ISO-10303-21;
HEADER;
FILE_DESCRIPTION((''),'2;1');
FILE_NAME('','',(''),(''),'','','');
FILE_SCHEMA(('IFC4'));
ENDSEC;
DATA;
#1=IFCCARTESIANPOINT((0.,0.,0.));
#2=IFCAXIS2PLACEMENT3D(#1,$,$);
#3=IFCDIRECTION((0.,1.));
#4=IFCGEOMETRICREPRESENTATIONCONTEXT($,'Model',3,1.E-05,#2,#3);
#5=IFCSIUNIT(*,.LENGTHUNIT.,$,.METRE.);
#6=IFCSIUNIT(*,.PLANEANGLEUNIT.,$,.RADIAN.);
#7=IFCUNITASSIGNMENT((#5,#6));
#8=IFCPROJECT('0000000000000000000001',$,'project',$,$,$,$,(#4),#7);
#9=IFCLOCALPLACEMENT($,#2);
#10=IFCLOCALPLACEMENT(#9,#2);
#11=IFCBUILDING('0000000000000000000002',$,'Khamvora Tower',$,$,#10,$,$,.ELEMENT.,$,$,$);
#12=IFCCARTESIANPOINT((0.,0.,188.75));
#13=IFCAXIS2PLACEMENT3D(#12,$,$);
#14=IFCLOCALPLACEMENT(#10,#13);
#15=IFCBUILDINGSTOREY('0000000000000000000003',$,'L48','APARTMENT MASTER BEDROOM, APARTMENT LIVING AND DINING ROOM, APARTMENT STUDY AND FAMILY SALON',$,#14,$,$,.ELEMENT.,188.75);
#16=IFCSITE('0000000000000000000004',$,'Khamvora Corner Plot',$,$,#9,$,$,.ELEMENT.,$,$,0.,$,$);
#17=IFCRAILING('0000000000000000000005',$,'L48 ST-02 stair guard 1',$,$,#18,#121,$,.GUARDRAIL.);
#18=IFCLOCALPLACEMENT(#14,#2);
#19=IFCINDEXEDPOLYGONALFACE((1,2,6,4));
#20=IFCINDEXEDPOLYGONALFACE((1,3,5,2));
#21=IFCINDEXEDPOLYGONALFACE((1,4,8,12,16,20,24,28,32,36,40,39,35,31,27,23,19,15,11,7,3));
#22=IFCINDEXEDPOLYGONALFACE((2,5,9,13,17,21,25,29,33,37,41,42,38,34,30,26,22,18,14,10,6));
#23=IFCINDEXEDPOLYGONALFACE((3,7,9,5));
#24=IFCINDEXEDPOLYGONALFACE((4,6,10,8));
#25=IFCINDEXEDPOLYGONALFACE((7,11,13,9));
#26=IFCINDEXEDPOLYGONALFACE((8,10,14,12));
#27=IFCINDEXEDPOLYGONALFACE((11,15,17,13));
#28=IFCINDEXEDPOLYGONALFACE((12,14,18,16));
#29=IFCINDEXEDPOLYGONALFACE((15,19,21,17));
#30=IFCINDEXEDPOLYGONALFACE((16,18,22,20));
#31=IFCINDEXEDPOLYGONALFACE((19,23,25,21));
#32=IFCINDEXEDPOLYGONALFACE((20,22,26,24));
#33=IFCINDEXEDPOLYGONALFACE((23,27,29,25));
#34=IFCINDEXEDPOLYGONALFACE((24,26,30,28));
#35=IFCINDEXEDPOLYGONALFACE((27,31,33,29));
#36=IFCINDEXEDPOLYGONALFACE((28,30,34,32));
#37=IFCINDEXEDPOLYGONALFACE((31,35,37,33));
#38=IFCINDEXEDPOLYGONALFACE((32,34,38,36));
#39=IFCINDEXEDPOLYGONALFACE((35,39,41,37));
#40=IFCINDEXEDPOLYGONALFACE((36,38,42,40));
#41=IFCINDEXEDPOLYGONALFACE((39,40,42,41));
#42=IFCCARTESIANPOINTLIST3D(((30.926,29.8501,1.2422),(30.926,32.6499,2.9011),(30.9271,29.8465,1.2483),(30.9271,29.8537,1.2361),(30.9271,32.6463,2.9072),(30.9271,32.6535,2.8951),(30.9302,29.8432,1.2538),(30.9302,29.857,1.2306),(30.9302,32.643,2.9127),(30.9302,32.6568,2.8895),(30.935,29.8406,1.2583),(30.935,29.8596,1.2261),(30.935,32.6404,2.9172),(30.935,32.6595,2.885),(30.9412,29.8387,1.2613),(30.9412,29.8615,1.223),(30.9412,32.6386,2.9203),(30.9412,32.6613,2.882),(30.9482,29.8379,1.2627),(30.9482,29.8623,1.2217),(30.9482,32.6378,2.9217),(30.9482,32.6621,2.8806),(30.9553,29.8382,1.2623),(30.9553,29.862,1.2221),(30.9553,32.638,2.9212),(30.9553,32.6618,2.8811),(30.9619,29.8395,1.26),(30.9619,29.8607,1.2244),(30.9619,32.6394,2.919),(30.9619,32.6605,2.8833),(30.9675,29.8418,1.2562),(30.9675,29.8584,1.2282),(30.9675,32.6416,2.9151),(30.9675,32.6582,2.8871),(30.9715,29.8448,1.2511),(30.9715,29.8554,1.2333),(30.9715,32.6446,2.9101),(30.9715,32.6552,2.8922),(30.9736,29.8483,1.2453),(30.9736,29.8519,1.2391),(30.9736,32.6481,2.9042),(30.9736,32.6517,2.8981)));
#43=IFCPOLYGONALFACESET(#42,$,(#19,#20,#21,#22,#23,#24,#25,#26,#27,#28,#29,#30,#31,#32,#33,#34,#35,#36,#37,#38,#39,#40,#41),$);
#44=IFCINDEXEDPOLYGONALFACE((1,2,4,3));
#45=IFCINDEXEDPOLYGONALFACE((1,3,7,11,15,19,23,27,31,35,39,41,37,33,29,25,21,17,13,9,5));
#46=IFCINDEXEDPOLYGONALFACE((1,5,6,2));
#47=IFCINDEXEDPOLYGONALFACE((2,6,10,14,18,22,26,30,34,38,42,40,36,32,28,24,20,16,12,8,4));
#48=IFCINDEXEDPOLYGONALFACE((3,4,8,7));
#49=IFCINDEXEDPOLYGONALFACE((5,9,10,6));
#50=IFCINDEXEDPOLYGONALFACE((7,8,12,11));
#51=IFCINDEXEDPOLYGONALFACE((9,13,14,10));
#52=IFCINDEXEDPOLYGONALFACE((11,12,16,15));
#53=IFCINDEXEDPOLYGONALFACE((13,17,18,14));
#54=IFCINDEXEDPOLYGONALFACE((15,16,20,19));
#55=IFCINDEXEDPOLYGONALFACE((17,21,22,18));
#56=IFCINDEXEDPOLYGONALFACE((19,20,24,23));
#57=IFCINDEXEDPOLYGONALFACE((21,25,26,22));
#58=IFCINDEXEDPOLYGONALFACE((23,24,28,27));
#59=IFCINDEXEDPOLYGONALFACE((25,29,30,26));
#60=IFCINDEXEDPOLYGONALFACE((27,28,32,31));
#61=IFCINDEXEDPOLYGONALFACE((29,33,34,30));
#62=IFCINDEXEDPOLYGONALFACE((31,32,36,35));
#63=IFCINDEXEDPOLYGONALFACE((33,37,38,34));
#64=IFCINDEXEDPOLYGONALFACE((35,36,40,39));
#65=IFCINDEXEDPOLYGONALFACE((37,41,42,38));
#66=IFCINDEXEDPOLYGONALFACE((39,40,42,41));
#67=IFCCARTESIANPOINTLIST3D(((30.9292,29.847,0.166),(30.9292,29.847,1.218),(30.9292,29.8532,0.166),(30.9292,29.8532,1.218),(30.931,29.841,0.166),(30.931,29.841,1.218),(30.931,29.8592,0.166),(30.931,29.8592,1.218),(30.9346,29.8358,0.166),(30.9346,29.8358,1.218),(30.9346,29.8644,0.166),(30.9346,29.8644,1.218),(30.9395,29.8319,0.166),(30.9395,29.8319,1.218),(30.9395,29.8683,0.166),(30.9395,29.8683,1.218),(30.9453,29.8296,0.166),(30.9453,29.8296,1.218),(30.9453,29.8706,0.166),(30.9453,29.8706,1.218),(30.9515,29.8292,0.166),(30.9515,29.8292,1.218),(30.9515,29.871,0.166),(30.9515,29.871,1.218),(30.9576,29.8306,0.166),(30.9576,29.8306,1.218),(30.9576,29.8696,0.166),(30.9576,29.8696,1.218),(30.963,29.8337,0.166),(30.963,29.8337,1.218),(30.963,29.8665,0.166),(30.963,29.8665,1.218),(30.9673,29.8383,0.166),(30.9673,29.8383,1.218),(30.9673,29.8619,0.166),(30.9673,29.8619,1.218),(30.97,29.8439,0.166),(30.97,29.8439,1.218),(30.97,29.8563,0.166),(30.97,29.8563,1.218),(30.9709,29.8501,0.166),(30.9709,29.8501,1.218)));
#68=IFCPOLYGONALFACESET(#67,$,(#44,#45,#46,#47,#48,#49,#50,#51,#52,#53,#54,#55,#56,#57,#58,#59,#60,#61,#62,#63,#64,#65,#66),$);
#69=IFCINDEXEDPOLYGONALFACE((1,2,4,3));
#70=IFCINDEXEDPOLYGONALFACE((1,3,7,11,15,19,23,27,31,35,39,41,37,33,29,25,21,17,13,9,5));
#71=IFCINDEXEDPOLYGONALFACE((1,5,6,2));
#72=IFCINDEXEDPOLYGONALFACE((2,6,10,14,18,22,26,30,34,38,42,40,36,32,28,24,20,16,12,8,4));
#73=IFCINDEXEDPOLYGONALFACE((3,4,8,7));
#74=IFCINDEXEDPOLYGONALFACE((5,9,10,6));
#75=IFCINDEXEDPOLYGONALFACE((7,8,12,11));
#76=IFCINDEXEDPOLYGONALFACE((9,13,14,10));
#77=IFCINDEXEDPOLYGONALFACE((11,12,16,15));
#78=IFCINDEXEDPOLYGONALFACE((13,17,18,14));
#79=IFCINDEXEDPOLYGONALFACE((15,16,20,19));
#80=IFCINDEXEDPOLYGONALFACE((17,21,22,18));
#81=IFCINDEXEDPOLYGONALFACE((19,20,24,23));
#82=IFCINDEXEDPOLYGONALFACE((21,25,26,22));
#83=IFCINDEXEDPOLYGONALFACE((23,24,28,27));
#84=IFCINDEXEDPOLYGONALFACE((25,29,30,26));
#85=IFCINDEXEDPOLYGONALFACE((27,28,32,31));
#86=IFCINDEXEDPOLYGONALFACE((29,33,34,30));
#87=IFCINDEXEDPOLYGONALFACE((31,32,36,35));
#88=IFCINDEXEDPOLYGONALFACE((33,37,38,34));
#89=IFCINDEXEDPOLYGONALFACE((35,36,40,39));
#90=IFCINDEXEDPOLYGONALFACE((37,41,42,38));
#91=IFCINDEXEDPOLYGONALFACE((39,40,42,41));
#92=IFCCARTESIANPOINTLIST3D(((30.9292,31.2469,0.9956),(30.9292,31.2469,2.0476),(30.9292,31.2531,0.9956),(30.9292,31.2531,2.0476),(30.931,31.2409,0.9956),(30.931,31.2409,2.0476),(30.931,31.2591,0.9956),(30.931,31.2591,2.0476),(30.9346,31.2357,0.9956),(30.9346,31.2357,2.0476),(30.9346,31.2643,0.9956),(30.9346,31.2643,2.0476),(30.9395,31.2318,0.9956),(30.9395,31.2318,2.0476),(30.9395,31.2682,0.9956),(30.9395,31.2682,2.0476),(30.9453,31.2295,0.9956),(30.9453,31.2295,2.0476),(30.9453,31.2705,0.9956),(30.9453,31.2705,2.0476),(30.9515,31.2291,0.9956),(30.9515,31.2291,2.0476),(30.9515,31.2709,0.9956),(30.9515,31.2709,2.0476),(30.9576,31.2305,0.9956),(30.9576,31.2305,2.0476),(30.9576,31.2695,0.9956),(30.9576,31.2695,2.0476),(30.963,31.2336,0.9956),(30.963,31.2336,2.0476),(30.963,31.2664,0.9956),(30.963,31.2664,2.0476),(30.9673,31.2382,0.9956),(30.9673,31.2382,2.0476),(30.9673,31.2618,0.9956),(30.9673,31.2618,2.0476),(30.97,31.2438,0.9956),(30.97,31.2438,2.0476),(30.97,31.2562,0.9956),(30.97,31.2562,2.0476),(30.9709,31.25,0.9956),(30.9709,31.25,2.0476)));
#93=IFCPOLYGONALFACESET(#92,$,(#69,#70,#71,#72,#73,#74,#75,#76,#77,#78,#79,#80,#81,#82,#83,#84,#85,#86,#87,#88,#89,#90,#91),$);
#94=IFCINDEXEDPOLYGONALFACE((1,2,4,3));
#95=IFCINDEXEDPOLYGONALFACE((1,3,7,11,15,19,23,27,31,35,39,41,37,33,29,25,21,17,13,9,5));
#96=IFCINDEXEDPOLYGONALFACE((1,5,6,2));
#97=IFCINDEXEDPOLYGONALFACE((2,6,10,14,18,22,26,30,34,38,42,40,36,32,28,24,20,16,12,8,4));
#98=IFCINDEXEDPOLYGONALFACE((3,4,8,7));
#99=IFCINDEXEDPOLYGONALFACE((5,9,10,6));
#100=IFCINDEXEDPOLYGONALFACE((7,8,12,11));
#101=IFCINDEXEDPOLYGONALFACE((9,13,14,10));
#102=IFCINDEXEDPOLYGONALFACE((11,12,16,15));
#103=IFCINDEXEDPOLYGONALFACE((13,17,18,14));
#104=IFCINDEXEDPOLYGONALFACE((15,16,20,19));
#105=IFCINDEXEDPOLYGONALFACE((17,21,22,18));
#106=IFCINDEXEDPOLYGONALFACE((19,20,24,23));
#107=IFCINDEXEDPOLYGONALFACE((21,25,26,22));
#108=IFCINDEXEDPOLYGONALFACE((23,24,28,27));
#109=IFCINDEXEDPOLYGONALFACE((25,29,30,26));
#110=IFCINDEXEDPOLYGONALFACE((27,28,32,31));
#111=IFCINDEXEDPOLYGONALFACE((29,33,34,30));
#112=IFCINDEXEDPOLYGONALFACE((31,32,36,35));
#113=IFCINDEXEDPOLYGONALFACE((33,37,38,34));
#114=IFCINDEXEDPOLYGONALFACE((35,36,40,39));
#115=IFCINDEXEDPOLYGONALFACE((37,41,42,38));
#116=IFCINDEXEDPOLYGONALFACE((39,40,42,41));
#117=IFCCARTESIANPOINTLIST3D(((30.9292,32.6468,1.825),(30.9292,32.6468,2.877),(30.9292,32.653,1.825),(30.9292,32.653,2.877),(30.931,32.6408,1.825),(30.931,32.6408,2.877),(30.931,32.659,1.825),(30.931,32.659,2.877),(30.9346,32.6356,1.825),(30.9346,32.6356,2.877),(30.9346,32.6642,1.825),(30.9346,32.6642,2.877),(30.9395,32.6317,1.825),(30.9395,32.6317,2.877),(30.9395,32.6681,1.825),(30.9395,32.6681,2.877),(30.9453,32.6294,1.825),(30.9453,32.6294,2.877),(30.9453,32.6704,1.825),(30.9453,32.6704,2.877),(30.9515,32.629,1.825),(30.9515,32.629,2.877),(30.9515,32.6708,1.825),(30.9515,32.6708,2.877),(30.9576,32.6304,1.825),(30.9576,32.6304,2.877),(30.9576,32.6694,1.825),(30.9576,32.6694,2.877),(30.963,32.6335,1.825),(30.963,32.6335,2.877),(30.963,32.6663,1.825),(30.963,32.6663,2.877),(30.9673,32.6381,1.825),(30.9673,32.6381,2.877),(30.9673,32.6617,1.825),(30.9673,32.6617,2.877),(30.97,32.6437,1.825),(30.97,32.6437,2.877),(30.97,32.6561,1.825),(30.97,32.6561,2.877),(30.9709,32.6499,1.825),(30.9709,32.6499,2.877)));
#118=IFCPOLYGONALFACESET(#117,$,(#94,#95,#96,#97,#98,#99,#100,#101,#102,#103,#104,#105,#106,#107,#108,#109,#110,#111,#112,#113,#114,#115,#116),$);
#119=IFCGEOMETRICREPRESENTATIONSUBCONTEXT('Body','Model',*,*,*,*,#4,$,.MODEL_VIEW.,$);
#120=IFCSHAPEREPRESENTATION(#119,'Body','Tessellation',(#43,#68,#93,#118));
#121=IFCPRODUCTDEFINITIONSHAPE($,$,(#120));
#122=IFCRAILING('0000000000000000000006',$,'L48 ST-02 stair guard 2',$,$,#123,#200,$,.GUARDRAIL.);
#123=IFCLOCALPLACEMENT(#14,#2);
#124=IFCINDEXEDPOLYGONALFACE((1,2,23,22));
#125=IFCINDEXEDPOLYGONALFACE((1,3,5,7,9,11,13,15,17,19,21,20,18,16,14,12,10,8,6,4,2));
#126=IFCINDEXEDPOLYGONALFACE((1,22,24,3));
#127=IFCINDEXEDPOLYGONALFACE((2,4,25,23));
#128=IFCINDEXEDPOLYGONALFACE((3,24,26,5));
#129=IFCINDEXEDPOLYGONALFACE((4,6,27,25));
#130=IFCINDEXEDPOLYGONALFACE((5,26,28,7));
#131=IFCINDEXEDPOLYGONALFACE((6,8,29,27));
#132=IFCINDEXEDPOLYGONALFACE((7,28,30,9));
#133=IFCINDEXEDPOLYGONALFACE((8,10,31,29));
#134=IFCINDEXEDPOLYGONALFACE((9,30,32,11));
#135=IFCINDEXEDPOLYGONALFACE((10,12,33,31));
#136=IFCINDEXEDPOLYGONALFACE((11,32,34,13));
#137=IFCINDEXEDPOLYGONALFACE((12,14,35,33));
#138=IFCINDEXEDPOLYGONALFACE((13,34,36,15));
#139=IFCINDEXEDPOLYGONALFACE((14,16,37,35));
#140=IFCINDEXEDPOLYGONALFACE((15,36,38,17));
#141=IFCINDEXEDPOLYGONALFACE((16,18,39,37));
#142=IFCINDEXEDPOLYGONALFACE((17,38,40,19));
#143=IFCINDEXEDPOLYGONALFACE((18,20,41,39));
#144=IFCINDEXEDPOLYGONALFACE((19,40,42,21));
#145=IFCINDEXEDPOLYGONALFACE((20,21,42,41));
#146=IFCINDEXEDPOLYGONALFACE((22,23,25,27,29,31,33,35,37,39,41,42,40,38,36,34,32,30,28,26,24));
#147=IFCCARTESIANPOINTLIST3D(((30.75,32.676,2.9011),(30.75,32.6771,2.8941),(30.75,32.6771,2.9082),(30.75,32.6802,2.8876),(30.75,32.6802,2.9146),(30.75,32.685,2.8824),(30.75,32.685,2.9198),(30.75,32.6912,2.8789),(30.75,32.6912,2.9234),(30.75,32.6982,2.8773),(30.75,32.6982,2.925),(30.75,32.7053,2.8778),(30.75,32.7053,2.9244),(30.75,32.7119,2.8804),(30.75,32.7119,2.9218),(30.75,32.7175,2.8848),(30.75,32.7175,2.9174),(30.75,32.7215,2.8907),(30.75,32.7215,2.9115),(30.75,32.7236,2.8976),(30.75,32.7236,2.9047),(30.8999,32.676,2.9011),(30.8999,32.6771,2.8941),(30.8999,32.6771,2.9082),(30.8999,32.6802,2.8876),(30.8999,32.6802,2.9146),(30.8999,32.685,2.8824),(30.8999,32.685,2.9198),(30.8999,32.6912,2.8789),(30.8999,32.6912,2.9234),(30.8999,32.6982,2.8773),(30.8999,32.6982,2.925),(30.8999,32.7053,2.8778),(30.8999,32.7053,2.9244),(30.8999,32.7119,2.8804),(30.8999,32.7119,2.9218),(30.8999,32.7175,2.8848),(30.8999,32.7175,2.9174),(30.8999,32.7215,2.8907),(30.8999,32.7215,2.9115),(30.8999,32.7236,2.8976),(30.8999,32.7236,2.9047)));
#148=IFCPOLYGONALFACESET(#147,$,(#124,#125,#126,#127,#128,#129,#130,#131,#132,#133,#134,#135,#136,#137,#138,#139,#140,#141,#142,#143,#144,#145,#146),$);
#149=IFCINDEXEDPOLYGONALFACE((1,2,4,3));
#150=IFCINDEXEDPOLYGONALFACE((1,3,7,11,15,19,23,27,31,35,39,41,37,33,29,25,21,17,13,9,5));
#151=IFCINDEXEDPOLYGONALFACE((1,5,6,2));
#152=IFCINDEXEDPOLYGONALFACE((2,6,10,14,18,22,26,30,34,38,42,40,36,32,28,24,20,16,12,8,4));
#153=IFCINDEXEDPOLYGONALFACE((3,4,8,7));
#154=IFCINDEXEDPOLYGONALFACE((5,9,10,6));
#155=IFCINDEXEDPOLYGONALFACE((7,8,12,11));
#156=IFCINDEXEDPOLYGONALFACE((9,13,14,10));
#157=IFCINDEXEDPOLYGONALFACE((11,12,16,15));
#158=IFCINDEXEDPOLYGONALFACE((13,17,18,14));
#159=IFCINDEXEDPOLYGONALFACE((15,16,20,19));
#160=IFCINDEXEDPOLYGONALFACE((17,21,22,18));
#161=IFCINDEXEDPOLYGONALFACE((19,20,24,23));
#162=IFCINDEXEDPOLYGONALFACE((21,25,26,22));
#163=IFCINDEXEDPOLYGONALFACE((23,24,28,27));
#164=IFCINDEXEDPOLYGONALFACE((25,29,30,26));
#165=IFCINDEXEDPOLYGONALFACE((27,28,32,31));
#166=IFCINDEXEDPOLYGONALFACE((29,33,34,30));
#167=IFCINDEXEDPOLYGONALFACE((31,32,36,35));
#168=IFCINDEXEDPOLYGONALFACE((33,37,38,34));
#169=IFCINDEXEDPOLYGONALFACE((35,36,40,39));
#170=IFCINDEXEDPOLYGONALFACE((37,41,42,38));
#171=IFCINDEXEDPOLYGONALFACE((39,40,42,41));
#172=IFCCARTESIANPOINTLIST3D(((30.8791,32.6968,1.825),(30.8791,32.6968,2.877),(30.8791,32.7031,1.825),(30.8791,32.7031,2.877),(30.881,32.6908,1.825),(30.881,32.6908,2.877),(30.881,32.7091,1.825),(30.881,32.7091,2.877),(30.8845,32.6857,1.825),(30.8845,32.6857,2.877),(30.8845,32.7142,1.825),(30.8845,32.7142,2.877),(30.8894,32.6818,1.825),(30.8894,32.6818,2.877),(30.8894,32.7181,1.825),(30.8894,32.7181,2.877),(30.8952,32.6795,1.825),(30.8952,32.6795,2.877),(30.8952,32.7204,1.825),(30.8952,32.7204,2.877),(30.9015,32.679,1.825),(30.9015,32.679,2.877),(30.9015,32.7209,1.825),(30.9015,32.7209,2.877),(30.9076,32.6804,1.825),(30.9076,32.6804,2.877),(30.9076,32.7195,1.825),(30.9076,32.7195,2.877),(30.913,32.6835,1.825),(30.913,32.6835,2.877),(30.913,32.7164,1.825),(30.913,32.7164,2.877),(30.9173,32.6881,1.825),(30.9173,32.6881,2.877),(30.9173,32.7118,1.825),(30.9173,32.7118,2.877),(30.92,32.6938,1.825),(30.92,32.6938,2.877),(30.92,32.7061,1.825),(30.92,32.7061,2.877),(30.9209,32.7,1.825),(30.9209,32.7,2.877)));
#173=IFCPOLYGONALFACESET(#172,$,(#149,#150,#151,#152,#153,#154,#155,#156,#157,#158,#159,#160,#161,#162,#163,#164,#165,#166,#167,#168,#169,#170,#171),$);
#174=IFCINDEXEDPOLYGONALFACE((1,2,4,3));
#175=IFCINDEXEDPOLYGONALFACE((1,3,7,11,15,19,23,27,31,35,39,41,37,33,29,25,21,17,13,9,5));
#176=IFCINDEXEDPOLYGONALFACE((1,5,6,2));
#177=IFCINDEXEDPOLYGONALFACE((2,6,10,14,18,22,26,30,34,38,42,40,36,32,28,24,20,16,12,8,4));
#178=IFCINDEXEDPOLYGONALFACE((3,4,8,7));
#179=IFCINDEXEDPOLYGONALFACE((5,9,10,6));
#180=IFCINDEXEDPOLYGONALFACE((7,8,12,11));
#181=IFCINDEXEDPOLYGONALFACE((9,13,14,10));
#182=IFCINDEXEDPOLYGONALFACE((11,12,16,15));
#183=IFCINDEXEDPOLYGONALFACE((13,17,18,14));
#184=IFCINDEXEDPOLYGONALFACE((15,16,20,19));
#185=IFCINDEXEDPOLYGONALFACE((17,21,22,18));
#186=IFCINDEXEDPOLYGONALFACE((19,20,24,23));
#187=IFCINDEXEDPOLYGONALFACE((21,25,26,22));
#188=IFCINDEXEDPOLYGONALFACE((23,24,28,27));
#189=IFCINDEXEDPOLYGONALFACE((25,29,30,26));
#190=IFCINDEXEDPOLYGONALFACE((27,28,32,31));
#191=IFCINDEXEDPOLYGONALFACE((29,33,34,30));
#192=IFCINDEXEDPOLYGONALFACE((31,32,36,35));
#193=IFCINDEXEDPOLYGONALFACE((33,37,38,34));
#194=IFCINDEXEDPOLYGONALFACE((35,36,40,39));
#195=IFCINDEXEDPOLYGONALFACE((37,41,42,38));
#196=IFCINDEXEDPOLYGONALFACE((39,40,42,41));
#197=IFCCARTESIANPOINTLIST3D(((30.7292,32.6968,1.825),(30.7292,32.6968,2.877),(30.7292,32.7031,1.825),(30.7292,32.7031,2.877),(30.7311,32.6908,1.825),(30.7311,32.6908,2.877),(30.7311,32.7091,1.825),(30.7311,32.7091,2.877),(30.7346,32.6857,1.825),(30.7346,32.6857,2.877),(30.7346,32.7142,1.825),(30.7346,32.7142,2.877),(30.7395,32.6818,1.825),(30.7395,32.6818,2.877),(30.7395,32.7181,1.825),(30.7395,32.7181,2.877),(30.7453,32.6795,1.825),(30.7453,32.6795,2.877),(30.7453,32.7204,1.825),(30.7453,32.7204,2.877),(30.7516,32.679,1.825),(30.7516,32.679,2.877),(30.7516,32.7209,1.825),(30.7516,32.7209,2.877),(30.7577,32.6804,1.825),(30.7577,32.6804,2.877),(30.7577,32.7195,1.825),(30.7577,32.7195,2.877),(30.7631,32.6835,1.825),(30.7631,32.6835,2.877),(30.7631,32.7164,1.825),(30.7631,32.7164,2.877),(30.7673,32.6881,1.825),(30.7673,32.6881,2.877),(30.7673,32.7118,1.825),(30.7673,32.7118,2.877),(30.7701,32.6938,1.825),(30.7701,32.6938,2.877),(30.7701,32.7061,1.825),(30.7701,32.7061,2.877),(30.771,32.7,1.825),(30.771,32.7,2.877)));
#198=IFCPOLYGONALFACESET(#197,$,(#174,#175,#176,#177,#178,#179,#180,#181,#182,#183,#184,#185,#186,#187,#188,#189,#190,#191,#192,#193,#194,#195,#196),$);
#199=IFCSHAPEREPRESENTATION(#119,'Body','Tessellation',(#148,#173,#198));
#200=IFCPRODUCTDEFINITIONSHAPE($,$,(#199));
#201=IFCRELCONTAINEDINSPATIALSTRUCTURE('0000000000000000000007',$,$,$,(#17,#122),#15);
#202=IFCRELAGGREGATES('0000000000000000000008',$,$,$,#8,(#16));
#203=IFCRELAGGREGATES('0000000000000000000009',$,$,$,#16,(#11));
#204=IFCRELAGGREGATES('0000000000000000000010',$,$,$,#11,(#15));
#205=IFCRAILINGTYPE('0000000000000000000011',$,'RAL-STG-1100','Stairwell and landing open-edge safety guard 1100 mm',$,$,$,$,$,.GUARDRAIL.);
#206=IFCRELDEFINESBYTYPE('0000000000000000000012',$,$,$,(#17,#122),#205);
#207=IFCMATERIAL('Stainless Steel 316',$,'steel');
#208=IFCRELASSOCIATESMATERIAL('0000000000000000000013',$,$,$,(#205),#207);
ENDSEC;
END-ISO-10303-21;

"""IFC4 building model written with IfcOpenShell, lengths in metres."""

from ifc_helpers import new_model, si_unit, direction, frame, origin, origin_2d, place, context, subcontext, project, spatial, circle, extrude, material, type_object, element, save


model = new_model("IFC4")

# Units and contexts
model_context = context("Model", 3, precision=1e-05, world=origin(), true_north=direction((0.0, 1.0)))
body_context = subcontext(model_context, "Body", "Model", "MODEL_VIEW")
ifc_project = project(units=[si_unit("LENGTHUNIT", "METRE"), si_unit("PLANEANGLEUNIT", "RADIAN")], contexts=[model_context])

# Site, building, storey
site_placement = place(None, origin())
site = spatial("IfcSite", under=ifc_project, at=site_placement, Name="Khamvora Corner Plot", CompositionType="ELEMENT", RefElevation=0.0)
building_placement = place(site_placement, origin())
building = spatial("IfcBuilding", under=site, at=building_placement, Name="Khamvora Tower", CompositionType="ELEMENT")
storey_placement = place(building_placement, frame((0.0, 0.0, 188.75)))
storey = spatial("IfcBuildingStorey", under=building, at=storey_placement, Name="L48", Description="APARTMENT MASTER BEDROOM, APARTMENT LIVING AND DINING ROOM, APARTMENT STUDY AND FAMILY SALON", CompositionType="ELEMENT", Elevation=188.75)

# Railings
ifc_material_1 = material(Name="Stainless Steel 316", Category="steel")
railing_type_1 = type_object("IfcRailingType", Name="RAL-STG-1100", Description="Stairwell and landing open-edge safety guard 1100 mm", PredefinedType="GUARDRAIL", material=ifc_material_1)
railing_1_placement = place(storey_placement, frame((30.95, 29.8501, 0.166)))
element("IfcRailing", 1, at=railing_1_placement, inside=storey, type_object=railing_type_1, Name="L48 ST-02 stair guard 1", PredefinedType="GUARDRAIL", context=body_context, shape_type="SweptSolid", body=[
    extrude(circle(Radius=0.0239, at=origin_2d()), frame((0.0, 0.0, 1.0762), z_axis=(0.0, 0.86032, 0.509755), x_axis=(-1.0, 0.0, 0.0)), (0.0, 0.0, 1.0), 3.2544),
    extrude(circle(Radius=0.021, at=origin_2d()), origin(), (0.0, 0.0, 1.0), 1.052),
    extrude(circle(Radius=0.021, at=origin_2d()), frame((0.0, 1.3999, 0.8296)), (0.0, 0.0, 1.0), 1.052),
    extrude(circle(Radius=0.021, at=origin_2d()), frame((0.0, 2.7998, 1.6589)), (0.0, 0.0, 1.0), 1.052),
])
railing_2_placement = place(storey_placement, frame((30.8999, 32.7, 1.825)))
element("IfcRailing", 2, at=railing_2_placement, inside=storey, type_object=railing_type_1, Name="L48 ST-02 stair guard 2", PredefinedType="GUARDRAIL", context=body_context, shape_type="SweptSolid", body=[
    extrude(circle(Radius=0.0239, at=origin_2d()), frame((0.0, 0.0, 1.0762), z_axis=(-1.0, 0.0, 0.0), x_axis=(0.0, -1.0, 0.0)), (0.0, 0.0, 1.0), 0.1499),
    extrude(circle(Radius=0.021, at=origin_2d()), origin(), (0.0, 0.0, 1.0), 1.052),
    extrude(circle(Radius=0.021, at=origin_2d()), frame((-0.1499, 0.0, 0.0)), (0.0, 0.0, 1.0), 1.052),
])

save(model, "model.ifc")
